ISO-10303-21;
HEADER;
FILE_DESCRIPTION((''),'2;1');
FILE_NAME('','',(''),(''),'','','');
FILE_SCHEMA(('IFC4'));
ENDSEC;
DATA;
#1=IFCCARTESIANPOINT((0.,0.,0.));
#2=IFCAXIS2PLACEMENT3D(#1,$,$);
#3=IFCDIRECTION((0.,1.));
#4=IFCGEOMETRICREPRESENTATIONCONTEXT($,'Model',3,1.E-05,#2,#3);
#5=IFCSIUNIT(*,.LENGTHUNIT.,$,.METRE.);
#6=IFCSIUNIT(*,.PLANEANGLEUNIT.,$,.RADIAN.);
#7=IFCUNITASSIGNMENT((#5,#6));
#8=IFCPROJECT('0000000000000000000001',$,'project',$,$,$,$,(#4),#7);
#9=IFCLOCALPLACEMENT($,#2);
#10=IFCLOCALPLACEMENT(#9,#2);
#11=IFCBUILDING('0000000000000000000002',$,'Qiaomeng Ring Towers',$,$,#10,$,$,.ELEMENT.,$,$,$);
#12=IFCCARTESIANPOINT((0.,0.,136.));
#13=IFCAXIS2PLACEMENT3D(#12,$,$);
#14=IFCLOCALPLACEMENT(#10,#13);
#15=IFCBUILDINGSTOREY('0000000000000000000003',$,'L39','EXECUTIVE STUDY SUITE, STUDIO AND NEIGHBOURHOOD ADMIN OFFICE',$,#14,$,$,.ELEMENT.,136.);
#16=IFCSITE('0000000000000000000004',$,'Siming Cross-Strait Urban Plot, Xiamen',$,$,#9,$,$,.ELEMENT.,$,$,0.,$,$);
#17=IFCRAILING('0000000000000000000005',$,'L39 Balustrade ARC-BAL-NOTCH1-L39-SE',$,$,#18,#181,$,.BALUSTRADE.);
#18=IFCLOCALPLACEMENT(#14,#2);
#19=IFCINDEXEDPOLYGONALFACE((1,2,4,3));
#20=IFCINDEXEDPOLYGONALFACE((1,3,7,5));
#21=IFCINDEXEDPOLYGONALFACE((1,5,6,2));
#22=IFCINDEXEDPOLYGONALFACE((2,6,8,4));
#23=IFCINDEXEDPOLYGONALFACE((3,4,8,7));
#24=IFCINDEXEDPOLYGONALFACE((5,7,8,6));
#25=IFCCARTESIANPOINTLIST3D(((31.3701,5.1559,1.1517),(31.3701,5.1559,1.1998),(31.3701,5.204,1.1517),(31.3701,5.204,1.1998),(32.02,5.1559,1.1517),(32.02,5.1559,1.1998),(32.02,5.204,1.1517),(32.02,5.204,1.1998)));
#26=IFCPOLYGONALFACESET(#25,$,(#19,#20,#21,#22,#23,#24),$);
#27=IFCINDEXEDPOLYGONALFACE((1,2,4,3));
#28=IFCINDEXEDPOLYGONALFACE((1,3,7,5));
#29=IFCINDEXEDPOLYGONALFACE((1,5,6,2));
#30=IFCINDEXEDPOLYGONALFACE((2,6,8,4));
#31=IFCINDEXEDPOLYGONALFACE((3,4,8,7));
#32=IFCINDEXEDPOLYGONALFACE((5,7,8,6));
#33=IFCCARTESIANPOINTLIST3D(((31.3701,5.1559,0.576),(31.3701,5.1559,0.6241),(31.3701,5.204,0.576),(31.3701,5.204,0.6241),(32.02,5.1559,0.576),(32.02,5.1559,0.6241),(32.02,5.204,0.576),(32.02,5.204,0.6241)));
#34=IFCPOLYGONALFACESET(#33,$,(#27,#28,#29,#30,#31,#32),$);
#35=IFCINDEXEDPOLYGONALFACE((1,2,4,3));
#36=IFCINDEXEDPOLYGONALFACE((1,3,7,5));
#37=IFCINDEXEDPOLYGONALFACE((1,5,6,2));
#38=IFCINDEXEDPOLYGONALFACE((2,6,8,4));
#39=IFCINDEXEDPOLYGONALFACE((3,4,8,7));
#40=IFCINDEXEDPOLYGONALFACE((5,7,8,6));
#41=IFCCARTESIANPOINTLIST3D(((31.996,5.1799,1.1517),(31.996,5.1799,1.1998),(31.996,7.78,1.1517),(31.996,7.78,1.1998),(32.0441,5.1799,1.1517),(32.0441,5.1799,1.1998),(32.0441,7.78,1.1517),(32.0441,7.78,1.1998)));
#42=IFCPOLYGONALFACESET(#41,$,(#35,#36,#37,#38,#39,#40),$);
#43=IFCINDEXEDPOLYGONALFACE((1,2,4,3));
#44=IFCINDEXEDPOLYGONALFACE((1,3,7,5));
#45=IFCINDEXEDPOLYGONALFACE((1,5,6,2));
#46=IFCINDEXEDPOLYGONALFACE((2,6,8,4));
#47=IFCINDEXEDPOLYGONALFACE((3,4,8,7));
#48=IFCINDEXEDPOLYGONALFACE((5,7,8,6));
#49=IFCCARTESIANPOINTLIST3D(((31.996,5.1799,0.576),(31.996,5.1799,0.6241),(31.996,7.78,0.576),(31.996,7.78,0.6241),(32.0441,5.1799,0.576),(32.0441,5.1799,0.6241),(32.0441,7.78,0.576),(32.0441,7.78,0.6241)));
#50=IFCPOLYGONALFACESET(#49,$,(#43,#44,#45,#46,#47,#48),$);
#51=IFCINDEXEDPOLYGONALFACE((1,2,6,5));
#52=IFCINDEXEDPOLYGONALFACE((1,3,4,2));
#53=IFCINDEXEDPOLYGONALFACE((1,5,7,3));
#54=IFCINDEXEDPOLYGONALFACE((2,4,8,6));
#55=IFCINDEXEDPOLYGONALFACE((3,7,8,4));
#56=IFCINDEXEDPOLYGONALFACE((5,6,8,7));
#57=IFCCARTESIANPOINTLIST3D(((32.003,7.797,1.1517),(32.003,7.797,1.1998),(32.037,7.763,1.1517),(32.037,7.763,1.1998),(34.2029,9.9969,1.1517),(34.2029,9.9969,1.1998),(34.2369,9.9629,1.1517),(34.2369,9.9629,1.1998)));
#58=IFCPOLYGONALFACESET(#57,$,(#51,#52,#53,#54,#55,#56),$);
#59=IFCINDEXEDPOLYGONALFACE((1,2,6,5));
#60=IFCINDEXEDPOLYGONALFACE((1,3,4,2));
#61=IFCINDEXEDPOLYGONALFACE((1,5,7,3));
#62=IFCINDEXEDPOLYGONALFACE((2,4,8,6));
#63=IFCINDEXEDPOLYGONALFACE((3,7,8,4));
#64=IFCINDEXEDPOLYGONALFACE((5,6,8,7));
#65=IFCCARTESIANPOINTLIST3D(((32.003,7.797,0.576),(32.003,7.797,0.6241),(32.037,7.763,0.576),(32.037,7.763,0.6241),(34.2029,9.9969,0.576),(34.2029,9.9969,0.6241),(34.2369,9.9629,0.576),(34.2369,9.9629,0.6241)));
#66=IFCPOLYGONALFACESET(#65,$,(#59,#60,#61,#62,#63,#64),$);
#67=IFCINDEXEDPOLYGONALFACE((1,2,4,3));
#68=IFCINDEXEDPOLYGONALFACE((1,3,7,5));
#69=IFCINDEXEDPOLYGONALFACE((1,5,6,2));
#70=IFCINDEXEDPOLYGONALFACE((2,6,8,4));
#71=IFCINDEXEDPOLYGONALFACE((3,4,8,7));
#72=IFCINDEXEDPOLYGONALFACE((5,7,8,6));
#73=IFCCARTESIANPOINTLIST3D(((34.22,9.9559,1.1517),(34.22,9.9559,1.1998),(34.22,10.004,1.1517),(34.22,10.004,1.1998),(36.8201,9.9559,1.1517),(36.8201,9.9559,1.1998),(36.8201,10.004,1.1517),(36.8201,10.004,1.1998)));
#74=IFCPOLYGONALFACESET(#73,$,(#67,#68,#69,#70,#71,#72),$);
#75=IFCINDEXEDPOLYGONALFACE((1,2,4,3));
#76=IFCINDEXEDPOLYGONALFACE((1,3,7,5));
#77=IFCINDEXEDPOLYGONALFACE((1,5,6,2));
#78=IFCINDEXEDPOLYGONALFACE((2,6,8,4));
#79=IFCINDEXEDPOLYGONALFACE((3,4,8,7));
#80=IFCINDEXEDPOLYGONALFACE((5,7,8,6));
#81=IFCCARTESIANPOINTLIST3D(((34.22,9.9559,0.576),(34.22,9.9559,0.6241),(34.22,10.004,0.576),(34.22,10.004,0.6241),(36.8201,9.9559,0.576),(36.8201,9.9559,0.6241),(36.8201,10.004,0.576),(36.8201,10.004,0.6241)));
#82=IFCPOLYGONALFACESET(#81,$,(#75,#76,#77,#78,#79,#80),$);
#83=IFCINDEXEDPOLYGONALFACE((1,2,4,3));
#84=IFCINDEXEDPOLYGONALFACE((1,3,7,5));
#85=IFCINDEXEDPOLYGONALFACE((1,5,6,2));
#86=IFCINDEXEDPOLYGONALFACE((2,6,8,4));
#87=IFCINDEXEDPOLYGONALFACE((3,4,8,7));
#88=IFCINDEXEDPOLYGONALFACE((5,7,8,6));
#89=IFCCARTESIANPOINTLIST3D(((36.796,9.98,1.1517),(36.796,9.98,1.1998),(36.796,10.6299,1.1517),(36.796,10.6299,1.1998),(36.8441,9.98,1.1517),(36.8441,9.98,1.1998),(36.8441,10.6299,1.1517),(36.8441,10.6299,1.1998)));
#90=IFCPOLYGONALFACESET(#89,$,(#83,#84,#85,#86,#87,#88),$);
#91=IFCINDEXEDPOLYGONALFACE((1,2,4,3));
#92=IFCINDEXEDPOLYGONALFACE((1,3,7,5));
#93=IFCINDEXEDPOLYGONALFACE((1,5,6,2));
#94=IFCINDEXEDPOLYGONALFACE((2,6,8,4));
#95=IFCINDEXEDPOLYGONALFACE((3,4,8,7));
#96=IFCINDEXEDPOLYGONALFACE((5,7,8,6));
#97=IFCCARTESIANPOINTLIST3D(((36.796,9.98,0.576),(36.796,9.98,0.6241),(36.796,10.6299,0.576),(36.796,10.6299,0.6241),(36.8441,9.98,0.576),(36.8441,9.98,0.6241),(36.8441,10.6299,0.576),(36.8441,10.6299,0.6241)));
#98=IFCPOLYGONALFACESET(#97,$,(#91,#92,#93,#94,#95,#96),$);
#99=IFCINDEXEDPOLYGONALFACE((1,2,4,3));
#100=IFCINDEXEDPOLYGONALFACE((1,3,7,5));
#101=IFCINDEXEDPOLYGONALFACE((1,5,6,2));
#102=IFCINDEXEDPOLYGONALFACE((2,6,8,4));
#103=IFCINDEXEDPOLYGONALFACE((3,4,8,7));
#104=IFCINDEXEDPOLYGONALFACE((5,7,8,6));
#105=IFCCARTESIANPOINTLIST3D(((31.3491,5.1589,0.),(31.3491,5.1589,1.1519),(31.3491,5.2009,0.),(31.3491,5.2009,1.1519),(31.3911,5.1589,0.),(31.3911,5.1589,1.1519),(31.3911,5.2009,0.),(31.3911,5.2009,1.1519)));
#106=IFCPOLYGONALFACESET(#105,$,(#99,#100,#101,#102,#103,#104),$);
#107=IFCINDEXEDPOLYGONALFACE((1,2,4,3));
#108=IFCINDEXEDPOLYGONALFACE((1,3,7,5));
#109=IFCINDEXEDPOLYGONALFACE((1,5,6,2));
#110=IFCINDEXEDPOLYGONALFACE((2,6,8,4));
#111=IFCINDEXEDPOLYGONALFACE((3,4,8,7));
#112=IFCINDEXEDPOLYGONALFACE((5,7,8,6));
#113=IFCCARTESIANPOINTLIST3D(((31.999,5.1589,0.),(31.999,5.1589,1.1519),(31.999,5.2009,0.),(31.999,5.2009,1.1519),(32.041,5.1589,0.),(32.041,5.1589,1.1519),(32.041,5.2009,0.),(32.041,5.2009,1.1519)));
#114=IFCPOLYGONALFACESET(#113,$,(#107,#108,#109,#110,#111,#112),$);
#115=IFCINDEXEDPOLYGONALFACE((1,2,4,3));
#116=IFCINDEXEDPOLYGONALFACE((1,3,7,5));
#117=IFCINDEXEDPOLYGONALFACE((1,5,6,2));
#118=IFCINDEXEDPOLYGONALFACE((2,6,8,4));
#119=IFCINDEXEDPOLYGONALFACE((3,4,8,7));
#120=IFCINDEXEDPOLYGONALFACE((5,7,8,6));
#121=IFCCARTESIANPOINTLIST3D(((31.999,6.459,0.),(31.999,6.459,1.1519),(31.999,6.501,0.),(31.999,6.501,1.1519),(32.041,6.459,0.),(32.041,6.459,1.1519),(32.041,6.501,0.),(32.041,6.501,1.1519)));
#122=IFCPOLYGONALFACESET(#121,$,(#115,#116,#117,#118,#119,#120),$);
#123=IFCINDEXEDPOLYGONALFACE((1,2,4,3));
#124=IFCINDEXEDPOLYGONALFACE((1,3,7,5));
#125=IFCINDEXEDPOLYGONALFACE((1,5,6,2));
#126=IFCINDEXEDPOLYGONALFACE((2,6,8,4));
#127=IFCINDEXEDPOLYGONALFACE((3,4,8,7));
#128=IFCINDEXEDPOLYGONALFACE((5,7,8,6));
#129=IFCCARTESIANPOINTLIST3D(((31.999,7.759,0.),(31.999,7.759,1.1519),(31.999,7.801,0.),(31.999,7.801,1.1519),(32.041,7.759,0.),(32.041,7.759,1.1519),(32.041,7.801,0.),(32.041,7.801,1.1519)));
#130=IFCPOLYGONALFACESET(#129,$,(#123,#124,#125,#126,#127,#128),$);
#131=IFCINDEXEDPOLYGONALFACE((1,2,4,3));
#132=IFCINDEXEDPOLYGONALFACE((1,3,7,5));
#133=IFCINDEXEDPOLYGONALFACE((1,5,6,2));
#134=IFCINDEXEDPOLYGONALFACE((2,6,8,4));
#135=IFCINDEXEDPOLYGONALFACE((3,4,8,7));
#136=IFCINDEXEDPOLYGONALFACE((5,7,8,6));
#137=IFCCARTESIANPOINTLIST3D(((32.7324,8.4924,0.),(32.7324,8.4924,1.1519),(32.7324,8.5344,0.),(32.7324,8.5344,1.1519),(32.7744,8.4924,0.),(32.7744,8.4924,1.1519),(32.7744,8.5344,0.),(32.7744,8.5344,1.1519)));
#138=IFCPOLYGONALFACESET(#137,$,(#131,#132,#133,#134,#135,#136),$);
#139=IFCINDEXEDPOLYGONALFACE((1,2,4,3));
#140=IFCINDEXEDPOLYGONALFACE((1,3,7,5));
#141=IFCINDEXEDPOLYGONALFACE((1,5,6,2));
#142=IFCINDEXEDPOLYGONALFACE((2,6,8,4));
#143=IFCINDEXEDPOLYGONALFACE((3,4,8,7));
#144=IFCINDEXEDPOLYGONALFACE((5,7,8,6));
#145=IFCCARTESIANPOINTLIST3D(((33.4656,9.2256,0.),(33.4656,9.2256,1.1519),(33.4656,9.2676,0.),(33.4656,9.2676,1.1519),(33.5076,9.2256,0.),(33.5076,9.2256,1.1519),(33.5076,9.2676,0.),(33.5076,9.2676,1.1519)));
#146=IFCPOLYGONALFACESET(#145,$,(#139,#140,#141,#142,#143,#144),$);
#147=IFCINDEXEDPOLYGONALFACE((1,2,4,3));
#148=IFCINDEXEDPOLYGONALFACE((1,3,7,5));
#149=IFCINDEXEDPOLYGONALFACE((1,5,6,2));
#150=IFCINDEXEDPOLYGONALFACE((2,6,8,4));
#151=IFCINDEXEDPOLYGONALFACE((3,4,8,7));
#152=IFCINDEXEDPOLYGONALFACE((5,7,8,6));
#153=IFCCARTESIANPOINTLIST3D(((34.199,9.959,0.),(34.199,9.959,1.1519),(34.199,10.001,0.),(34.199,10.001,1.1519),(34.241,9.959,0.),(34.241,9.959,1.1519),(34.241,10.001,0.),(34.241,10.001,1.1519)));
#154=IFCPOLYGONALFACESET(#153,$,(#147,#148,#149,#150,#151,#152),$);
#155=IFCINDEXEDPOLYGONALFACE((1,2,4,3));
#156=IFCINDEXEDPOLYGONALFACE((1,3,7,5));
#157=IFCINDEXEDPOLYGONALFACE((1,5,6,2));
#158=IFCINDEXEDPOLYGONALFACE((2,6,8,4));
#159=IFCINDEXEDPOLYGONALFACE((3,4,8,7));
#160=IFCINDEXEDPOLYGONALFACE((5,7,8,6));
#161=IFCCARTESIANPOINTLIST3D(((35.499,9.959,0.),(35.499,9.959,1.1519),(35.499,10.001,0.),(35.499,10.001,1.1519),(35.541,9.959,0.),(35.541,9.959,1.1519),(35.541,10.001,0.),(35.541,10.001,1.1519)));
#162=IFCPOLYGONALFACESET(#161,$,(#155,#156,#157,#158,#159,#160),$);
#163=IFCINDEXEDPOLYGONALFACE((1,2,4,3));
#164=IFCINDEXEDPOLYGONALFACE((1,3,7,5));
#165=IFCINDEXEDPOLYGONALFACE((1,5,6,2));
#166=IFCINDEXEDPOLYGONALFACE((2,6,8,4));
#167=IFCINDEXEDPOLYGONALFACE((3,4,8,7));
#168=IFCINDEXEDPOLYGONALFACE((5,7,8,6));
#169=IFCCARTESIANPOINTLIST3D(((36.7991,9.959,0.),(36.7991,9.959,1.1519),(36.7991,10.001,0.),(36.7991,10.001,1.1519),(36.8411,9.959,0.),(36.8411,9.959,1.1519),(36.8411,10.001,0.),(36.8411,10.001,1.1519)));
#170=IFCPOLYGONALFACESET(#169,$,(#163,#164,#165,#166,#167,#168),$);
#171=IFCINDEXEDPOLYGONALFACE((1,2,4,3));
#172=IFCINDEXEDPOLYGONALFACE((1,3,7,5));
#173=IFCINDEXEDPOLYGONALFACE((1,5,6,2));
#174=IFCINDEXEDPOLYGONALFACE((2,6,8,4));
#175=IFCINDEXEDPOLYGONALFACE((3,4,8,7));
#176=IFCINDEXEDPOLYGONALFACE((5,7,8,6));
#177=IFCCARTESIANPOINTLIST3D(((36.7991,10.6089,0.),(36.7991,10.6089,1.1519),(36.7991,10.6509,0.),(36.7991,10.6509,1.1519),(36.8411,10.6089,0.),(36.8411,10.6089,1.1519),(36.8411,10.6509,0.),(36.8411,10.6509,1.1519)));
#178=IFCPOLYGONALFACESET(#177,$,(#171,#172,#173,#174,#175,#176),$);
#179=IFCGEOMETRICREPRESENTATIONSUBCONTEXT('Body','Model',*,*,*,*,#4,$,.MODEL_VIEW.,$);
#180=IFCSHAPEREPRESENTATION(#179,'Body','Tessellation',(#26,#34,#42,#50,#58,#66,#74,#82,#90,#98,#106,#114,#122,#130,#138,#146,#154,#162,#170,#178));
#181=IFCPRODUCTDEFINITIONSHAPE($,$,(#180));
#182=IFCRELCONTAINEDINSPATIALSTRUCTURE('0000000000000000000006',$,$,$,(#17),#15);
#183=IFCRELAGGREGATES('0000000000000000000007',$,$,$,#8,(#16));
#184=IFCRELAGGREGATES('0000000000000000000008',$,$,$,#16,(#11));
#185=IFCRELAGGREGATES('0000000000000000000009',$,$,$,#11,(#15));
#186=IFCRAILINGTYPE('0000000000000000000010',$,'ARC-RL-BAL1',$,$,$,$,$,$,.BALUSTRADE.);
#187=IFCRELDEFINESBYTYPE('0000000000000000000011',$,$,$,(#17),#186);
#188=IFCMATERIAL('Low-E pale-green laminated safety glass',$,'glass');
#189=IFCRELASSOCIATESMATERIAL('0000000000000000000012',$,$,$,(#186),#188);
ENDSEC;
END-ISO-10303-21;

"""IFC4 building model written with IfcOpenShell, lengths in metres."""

from ifc_helpers import new_model, si_unit, direction, frame, origin, origin_2d, place, context, subcontext, project, spatial, rectangle, extrude, material, type_object, element, save


model = new_model("IFC4")

# Units and contexts
model_context = context("Model", 3, precision=1e-05, world=origin(), true_north=direction((0.0, 1.0)))
body_context = subcontext(model_context, "Body", "Model", "MODEL_VIEW")
ifc_project = project(units=[si_unit("LENGTHUNIT", "METRE"), si_unit("PLANEANGLEUNIT", "RADIAN")], contexts=[model_context])

# Site, building, storey
site_placement = place(None, origin())
site = spatial("IfcSite", under=ifc_project, at=site_placement, Name="Siming Cross-Strait Urban Plot, Xiamen", CompositionType="ELEMENT", RefElevation=0.0)
building_placement = place(site_placement, origin())
building = spatial("IfcBuilding", under=site, at=building_placement, Name="Qiaomeng Ring Towers", CompositionType="ELEMENT")
storey_placement = place(building_placement, frame((0.0, 0.0, 136.0)))
storey = spatial("IfcBuildingStorey", under=building, at=storey_placement, Name="L39", Description="EXECUTIVE STUDY SUITE, STUDIO AND NEIGHBOURHOOD ADMIN OFFICE", CompositionType="ELEMENT", Elevation=136.0)

# Railing
ifc_material_1 = material(Name="Low-E pale-green laminated safety glass", Category="glass")
railing_type = type_object("IfcRailingType", Name="ARC-RL-BAL1", PredefinedType="BALUSTRADE", material=ifc_material_1)
railing_placement = place(storey_placement, frame((31.3701, 5.1799, 0.0)))
element("IfcRailing", 1, at=railing_placement, inside=storey, type_object=railing_type, Name="L39 Balustrade ARC-BAL-NOTCH1-L39-SE", PredefinedType="BALUSTRADE", context=body_context, shape_type="SweptSolid", body=[
    extrude(rectangle(XDim=0.0481, YDim=0.0481, at=origin_2d()), frame((0.0, 0.0, 1.1758), z_axis=(1.0, 0.0, 0.0), x_axis=(0.0, 1.0, 0.0)), (0.0, 0.0, 1.0), 0.6499),
    extrude(rectangle(XDim=0.0481, YDim=0.0481, at=origin_2d()), frame((0.0, 0.0, 0.6001), z_axis=(1.0, 0.0, 0.0), x_axis=(0.0, 1.0, 0.0)), (0.0, 0.0, 1.0), 0.6499),
    extrude(rectangle(XDim=0.0481, YDim=0.0481, at=origin_2d()), frame((0.6499, 0.0, 1.1758), z_axis=(0.0, 1.0, 0.0), x_axis=(-1.0, 0.0, 0.0)), (0.0, 0.0, 1.0), 2.6001),
    extrude(rectangle(XDim=0.0481, YDim=0.0481, at=origin_2d()), frame((0.6499, 0.0, 0.6001), z_axis=(0.0, 1.0, 0.0), x_axis=(-1.0, 0.0, 0.0)), (0.0, 0.0, 1.0), 2.6001),
    extrude(rectangle(XDim=0.0481, YDim=0.0481, at=origin_2d()), frame((0.6499, 2.6001, 1.1758), z_axis=(0.707107, 0.707107, 0.0), x_axis=(-0.707107, 0.707107, 0.0)), (0.0, 0.0, 1.0), 3.1111),
    extrude(rectangle(XDim=0.0481, YDim=0.0481, at=origin_2d()), frame((0.6499, 2.6001, 0.6001), z_axis=(0.707107, 0.707107, 0.0), x_axis=(-0.707107, 0.707107, 0.0)), (0.0, 0.0, 1.0), 3.1111),
    extrude(rectangle(XDim=0.0481, YDim=0.0481, at=origin_2d()), frame((2.8499, 4.8, 1.1758), z_axis=(1.0, 0.0, 0.0), x_axis=(0.0, 1.0, 0.0)), (0.0, 0.0, 1.0), 2.6001),
    extrude(rectangle(XDim=0.0481, YDim=0.0481, at=origin_2d()), frame((2.8499, 4.8, 0.6001), z_axis=(1.0, 0.0, 0.0), x_axis=(0.0, 1.0, 0.0)), (0.0, 0.0, 1.0), 2.6001),
    extrude(rectangle(XDim=0.0481, YDim=0.0481, at=origin_2d()), frame((5.45, 4.8, 1.1758), z_axis=(0.0, 1.0, 0.0), x_axis=(-1.0, 0.0, 0.0)), (0.0, 0.0, 1.0), 0.6499),
    extrude(rectangle(XDim=0.0481, YDim=0.0481, at=origin_2d()), frame((5.45, 4.8, 0.6001), z_axis=(0.0, 1.0, 0.0), x_axis=(-1.0, 0.0, 0.0)), (0.0, 0.0, 1.0), 0.6499),
    extrude(rectangle(XDim=0.042, YDim=0.042, at=origin_2d()), origin(), (0.0, 0.0, 1.0), 1.1519),
    extrude(rectangle(XDim=0.042, YDim=0.042, at=origin_2d()), frame((0.6499, 0.0, 0.0)), (0.0, 0.0, 1.0), 1.1519),
    extrude(rectangle(XDim=0.042, YDim=0.042, at=origin_2d()), frame((0.6499, 1.3, 0.0)), (0.0, 0.0, 1.0), 1.1519),
    extrude(rectangle(XDim=0.042, YDim=0.042, at=origin_2d()), frame((0.6499, 2.6001, 0.0)), (0.0, 0.0, 1.0), 1.1519),
    extrude(rectangle(XDim=0.042, YDim=0.042, at=origin_2d()), frame((1.3833, 3.3335, 0.0)), (0.0, 0.0, 1.0), 1.1519),
    extrude(rectangle(XDim=0.042, YDim=0.042, at=origin_2d()), frame((2.1165, 4.0667, 0.0)), (0.0, 0.0, 1.0), 1.1519),
    extrude(rectangle(XDim=0.042, YDim=0.042, at=origin_2d()), frame((2.8499, 4.8, 0.0)), (0.0, 0.0, 1.0), 1.1519),
    extrude(rectangle(XDim=0.042, YDim=0.042, at=origin_2d()), frame((4.1499, 4.8, 0.0)), (0.0, 0.0, 1.0), 1.1519),
    extrude(rectangle(XDim=0.042, YDim=0.042, at=origin_2d()), frame((5.45, 4.8, 0.0)), (0.0, 0.0, 1.0), 1.1519),
    extrude(rectangle(XDim=0.042, YDim=0.042, at=origin_2d()), frame((5.45, 5.45, 0.0)), (0.0, 0.0, 1.0), 1.1519),
])

save(model, "model.ifc")
